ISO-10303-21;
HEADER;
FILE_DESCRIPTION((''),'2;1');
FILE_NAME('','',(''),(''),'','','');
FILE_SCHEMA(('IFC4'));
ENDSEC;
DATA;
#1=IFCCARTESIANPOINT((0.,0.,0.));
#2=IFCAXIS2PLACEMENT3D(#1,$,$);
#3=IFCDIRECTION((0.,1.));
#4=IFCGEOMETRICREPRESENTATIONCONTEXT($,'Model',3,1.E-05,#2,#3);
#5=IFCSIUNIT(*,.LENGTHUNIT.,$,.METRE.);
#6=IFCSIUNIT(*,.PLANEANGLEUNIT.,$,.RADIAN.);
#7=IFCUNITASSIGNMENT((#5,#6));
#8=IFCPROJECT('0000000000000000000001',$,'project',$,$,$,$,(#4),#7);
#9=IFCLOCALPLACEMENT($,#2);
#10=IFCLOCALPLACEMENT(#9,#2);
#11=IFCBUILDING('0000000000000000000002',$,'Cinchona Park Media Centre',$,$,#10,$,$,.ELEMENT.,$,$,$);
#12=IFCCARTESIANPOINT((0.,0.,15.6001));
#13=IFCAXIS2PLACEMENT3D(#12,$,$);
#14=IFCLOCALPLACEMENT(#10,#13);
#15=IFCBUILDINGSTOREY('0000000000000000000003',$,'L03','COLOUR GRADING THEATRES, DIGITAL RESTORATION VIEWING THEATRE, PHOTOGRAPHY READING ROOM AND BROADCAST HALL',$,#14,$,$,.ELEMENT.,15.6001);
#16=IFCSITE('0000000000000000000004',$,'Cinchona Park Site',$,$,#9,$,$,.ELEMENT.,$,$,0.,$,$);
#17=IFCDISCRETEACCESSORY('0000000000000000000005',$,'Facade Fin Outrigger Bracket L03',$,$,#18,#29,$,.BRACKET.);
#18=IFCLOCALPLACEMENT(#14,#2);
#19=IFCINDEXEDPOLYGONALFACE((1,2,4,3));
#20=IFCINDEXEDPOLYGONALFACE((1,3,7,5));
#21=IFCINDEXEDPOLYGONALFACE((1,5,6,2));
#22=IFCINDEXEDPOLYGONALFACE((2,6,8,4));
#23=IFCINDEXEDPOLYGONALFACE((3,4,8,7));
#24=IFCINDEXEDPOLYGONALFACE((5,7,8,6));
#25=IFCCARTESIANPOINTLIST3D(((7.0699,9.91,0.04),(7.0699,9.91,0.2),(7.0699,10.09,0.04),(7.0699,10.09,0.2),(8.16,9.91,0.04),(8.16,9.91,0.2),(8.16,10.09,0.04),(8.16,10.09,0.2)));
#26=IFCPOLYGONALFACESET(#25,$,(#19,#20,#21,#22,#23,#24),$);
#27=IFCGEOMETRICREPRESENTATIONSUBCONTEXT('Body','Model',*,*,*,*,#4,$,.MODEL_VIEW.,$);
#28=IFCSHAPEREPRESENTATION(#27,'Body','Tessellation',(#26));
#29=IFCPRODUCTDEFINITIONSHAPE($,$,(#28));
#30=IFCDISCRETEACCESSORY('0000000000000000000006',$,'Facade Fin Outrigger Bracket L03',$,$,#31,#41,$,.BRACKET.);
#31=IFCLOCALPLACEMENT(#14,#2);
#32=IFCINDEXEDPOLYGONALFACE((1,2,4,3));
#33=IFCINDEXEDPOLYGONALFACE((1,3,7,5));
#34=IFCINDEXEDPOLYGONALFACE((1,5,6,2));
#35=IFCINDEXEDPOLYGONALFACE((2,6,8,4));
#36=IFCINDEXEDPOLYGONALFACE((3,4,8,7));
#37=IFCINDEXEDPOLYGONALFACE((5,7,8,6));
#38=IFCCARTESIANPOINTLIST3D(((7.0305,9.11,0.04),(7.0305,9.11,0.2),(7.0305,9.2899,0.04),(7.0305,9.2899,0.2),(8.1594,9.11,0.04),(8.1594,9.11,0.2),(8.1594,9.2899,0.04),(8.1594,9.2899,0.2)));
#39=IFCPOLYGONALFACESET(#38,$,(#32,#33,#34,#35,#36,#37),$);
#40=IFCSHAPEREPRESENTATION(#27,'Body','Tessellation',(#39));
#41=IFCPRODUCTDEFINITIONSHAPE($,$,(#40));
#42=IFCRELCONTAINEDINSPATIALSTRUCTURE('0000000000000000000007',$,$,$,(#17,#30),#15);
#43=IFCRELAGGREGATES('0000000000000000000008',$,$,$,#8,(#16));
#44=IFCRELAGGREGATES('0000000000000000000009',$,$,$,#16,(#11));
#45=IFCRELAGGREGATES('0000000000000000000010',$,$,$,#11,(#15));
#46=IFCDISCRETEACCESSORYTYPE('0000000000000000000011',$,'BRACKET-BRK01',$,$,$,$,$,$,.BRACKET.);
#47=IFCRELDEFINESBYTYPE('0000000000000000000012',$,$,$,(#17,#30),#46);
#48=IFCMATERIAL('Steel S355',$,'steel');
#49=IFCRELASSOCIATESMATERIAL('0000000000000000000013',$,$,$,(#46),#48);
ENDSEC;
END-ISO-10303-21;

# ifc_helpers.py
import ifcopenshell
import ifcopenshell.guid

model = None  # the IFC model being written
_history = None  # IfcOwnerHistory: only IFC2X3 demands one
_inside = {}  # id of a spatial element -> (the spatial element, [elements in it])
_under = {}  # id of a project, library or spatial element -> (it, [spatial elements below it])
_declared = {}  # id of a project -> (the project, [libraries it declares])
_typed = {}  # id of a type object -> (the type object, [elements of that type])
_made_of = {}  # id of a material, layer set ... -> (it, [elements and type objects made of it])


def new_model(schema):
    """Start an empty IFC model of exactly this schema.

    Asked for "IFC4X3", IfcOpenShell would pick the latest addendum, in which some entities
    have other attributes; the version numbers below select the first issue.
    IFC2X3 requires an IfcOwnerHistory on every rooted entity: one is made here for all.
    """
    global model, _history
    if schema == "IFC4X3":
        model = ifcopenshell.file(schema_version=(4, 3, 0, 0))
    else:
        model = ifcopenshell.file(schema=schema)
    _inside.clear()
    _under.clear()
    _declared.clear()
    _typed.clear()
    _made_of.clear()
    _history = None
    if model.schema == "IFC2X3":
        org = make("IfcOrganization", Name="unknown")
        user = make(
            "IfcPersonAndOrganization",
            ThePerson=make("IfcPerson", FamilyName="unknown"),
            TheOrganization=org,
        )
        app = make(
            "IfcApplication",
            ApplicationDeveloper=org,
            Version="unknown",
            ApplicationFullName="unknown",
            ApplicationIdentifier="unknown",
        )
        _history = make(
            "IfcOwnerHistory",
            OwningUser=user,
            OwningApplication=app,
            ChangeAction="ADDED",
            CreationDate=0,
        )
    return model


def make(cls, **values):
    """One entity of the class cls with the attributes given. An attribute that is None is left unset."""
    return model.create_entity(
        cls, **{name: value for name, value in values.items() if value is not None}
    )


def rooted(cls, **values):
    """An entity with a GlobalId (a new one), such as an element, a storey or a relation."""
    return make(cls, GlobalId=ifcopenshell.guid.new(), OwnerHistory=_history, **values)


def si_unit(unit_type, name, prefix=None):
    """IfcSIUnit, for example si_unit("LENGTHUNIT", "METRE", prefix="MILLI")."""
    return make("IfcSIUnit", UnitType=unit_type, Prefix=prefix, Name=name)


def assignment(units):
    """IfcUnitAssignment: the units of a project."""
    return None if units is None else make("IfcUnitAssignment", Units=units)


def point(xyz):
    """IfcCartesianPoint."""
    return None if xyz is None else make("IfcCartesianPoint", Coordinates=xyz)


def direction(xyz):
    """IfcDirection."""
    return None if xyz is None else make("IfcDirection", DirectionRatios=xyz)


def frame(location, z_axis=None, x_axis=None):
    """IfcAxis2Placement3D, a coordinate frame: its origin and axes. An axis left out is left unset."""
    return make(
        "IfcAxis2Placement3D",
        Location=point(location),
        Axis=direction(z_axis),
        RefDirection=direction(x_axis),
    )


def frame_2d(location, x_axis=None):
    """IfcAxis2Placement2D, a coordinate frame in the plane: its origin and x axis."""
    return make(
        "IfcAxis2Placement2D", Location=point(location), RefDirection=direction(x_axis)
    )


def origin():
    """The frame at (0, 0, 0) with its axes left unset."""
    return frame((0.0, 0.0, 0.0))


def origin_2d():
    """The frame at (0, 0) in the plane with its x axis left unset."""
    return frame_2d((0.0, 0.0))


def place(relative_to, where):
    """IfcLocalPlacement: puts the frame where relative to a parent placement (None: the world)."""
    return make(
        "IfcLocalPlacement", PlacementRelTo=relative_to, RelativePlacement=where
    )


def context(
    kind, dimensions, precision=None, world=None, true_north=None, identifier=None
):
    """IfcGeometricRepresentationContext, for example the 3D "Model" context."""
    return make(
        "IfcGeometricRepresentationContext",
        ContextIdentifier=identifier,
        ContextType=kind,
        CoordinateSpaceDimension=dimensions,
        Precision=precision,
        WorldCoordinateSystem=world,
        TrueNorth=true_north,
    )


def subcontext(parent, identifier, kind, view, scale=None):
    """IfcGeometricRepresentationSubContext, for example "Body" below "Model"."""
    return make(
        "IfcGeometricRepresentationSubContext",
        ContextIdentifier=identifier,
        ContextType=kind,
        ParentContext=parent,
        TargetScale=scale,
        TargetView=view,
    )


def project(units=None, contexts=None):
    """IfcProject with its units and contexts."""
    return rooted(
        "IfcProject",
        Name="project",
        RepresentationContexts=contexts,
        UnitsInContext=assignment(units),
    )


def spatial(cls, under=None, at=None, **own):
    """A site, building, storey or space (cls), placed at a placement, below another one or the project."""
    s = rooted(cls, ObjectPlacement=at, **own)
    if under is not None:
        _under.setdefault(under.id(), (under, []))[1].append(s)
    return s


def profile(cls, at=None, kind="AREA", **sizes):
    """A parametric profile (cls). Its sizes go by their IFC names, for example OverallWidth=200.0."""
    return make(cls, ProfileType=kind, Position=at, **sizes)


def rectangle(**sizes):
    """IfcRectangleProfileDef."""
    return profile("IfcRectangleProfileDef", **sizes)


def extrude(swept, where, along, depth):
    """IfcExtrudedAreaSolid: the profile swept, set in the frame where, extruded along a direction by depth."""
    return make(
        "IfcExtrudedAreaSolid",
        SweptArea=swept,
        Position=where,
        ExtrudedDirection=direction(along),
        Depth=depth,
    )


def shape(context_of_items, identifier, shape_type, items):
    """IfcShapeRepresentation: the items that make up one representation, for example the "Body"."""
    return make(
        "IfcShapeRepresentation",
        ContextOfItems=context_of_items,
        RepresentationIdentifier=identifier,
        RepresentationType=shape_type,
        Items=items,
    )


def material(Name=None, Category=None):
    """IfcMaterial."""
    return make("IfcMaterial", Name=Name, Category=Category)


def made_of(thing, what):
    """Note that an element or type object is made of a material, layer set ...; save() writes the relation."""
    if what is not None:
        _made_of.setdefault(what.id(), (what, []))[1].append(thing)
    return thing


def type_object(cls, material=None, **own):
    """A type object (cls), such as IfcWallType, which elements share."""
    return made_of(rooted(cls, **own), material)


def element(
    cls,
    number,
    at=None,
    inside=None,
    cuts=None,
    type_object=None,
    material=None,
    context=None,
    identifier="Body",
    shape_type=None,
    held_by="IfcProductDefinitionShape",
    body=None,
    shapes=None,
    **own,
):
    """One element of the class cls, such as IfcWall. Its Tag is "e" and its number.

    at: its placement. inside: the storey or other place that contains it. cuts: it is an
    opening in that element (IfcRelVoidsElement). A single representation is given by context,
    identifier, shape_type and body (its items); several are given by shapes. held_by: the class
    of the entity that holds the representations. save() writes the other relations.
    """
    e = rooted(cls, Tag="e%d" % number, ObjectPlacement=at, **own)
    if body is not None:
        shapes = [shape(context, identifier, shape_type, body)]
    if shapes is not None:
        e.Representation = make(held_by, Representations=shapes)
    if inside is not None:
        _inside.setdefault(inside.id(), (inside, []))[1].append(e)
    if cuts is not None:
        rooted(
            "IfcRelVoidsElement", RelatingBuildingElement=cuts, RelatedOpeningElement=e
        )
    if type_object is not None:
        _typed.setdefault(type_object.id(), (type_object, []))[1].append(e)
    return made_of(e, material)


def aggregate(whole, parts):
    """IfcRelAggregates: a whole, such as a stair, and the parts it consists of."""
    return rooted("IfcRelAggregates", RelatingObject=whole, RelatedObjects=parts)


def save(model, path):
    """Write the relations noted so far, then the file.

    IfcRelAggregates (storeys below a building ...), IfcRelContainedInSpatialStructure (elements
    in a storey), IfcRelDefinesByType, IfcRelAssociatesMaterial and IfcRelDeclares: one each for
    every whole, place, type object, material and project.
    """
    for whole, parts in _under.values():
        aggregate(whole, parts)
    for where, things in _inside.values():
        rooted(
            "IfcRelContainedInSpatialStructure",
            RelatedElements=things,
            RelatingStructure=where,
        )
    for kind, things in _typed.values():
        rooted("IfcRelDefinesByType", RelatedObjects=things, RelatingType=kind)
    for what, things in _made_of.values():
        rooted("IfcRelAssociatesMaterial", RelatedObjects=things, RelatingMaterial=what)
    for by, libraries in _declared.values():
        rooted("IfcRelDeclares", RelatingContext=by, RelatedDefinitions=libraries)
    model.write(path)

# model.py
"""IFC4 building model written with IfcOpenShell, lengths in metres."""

from ifc_helpers import new_model, si_unit, direction, frame, origin, origin_2d, place, context, subcontext, project, spatial, rectangle, extrude, material, type_object, element, save


model = new_model("IFC4")

# Units and contexts
model_context = context("Model", 3, precision=1e-05, world=origin(), true_north=direction((0.0, 1.0)))
body_context = subcontext(model_context, "Body", "Model", "MODEL_VIEW")
ifc_project = project(units=[si_unit("LENGTHUNIT", "METRE"), si_unit("PLANEANGLEUNIT", "RADIAN")], contexts=[model_context])

# Site, building, storey
site_placement = place(None, origin())
site = spatial("IfcSite", under=ifc_project, at=site_placement, Name="Cinchona Park Site", CompositionType="ELEMENT", RefElevation=0.0)
building_placement = place(site_placement, origin())
building = spatial("IfcBuilding", under=site, at=building_placement, Name="Cinchona Park Media Centre", CompositionType="ELEMENT")
storey_placement = place(building_placement, frame((0.0, 0.0, 15.6001)))
storey = spatial("IfcBuildingStorey", under=building, at=storey_placement, Name="L03", Description="COLOUR GRADING THEATRES, DIGITAL RESTORATION VIEWING THEATRE, PHOTOGRAPHY READING ROOM AND BROADCAST HALL", CompositionType="ELEMENT", Elevation=15.6001)

# Discrete accessories
ifc_material_1 = material(Name="Steel S355", Category="steel")
discrete_accessory_type = type_object("IfcDiscreteAccessoryType", Name="BRACKET-BRK01", PredefinedType="BRACKET", material=ifc_material_1)
discrete_accessory_1_placement = place(storey_placement, frame((7.615, 10.0, 0.04), z_axis=(0.0, 0.0, 1.0), x_axis=(0.0, -1.0, 0.0)))
element("IfcDiscreteAccessory", 1, at=discrete_accessory_1_placement, inside=storey, type_object=discrete_accessory_type, Name="Facade Fin Outrigger Bracket L03", PredefinedType="BRACKET", context=body_context, shape_type="SweptSolid", body=[
    extrude(rectangle(XDim=0.1799, YDim=1.0901, at=origin_2d()), origin(), (0.0, 0.0, 1.0), 0.1599),
])
discrete_accessory_2_placement = place(storey_placement, frame((7.595, 9.2, 0.04), z_axis=(0.0, 0.0, 1.0), x_axis=(0.0, -1.0, 0.0)))
element("IfcDiscreteAccessory", 2, at=discrete_accessory_2_placement, inside=storey, type_object=discrete_accessory_type, Name="Facade Fin Outrigger Bracket L03", PredefinedType="BRACKET", context=body_context, shape_type="SweptSolid", body=[
    extrude(rectangle(XDim=0.1799, YDim=1.1289, at=origin_2d()), origin(), (0.0, 0.0, 1.0), 0.1599),
])

save(model, "model.ifc")
